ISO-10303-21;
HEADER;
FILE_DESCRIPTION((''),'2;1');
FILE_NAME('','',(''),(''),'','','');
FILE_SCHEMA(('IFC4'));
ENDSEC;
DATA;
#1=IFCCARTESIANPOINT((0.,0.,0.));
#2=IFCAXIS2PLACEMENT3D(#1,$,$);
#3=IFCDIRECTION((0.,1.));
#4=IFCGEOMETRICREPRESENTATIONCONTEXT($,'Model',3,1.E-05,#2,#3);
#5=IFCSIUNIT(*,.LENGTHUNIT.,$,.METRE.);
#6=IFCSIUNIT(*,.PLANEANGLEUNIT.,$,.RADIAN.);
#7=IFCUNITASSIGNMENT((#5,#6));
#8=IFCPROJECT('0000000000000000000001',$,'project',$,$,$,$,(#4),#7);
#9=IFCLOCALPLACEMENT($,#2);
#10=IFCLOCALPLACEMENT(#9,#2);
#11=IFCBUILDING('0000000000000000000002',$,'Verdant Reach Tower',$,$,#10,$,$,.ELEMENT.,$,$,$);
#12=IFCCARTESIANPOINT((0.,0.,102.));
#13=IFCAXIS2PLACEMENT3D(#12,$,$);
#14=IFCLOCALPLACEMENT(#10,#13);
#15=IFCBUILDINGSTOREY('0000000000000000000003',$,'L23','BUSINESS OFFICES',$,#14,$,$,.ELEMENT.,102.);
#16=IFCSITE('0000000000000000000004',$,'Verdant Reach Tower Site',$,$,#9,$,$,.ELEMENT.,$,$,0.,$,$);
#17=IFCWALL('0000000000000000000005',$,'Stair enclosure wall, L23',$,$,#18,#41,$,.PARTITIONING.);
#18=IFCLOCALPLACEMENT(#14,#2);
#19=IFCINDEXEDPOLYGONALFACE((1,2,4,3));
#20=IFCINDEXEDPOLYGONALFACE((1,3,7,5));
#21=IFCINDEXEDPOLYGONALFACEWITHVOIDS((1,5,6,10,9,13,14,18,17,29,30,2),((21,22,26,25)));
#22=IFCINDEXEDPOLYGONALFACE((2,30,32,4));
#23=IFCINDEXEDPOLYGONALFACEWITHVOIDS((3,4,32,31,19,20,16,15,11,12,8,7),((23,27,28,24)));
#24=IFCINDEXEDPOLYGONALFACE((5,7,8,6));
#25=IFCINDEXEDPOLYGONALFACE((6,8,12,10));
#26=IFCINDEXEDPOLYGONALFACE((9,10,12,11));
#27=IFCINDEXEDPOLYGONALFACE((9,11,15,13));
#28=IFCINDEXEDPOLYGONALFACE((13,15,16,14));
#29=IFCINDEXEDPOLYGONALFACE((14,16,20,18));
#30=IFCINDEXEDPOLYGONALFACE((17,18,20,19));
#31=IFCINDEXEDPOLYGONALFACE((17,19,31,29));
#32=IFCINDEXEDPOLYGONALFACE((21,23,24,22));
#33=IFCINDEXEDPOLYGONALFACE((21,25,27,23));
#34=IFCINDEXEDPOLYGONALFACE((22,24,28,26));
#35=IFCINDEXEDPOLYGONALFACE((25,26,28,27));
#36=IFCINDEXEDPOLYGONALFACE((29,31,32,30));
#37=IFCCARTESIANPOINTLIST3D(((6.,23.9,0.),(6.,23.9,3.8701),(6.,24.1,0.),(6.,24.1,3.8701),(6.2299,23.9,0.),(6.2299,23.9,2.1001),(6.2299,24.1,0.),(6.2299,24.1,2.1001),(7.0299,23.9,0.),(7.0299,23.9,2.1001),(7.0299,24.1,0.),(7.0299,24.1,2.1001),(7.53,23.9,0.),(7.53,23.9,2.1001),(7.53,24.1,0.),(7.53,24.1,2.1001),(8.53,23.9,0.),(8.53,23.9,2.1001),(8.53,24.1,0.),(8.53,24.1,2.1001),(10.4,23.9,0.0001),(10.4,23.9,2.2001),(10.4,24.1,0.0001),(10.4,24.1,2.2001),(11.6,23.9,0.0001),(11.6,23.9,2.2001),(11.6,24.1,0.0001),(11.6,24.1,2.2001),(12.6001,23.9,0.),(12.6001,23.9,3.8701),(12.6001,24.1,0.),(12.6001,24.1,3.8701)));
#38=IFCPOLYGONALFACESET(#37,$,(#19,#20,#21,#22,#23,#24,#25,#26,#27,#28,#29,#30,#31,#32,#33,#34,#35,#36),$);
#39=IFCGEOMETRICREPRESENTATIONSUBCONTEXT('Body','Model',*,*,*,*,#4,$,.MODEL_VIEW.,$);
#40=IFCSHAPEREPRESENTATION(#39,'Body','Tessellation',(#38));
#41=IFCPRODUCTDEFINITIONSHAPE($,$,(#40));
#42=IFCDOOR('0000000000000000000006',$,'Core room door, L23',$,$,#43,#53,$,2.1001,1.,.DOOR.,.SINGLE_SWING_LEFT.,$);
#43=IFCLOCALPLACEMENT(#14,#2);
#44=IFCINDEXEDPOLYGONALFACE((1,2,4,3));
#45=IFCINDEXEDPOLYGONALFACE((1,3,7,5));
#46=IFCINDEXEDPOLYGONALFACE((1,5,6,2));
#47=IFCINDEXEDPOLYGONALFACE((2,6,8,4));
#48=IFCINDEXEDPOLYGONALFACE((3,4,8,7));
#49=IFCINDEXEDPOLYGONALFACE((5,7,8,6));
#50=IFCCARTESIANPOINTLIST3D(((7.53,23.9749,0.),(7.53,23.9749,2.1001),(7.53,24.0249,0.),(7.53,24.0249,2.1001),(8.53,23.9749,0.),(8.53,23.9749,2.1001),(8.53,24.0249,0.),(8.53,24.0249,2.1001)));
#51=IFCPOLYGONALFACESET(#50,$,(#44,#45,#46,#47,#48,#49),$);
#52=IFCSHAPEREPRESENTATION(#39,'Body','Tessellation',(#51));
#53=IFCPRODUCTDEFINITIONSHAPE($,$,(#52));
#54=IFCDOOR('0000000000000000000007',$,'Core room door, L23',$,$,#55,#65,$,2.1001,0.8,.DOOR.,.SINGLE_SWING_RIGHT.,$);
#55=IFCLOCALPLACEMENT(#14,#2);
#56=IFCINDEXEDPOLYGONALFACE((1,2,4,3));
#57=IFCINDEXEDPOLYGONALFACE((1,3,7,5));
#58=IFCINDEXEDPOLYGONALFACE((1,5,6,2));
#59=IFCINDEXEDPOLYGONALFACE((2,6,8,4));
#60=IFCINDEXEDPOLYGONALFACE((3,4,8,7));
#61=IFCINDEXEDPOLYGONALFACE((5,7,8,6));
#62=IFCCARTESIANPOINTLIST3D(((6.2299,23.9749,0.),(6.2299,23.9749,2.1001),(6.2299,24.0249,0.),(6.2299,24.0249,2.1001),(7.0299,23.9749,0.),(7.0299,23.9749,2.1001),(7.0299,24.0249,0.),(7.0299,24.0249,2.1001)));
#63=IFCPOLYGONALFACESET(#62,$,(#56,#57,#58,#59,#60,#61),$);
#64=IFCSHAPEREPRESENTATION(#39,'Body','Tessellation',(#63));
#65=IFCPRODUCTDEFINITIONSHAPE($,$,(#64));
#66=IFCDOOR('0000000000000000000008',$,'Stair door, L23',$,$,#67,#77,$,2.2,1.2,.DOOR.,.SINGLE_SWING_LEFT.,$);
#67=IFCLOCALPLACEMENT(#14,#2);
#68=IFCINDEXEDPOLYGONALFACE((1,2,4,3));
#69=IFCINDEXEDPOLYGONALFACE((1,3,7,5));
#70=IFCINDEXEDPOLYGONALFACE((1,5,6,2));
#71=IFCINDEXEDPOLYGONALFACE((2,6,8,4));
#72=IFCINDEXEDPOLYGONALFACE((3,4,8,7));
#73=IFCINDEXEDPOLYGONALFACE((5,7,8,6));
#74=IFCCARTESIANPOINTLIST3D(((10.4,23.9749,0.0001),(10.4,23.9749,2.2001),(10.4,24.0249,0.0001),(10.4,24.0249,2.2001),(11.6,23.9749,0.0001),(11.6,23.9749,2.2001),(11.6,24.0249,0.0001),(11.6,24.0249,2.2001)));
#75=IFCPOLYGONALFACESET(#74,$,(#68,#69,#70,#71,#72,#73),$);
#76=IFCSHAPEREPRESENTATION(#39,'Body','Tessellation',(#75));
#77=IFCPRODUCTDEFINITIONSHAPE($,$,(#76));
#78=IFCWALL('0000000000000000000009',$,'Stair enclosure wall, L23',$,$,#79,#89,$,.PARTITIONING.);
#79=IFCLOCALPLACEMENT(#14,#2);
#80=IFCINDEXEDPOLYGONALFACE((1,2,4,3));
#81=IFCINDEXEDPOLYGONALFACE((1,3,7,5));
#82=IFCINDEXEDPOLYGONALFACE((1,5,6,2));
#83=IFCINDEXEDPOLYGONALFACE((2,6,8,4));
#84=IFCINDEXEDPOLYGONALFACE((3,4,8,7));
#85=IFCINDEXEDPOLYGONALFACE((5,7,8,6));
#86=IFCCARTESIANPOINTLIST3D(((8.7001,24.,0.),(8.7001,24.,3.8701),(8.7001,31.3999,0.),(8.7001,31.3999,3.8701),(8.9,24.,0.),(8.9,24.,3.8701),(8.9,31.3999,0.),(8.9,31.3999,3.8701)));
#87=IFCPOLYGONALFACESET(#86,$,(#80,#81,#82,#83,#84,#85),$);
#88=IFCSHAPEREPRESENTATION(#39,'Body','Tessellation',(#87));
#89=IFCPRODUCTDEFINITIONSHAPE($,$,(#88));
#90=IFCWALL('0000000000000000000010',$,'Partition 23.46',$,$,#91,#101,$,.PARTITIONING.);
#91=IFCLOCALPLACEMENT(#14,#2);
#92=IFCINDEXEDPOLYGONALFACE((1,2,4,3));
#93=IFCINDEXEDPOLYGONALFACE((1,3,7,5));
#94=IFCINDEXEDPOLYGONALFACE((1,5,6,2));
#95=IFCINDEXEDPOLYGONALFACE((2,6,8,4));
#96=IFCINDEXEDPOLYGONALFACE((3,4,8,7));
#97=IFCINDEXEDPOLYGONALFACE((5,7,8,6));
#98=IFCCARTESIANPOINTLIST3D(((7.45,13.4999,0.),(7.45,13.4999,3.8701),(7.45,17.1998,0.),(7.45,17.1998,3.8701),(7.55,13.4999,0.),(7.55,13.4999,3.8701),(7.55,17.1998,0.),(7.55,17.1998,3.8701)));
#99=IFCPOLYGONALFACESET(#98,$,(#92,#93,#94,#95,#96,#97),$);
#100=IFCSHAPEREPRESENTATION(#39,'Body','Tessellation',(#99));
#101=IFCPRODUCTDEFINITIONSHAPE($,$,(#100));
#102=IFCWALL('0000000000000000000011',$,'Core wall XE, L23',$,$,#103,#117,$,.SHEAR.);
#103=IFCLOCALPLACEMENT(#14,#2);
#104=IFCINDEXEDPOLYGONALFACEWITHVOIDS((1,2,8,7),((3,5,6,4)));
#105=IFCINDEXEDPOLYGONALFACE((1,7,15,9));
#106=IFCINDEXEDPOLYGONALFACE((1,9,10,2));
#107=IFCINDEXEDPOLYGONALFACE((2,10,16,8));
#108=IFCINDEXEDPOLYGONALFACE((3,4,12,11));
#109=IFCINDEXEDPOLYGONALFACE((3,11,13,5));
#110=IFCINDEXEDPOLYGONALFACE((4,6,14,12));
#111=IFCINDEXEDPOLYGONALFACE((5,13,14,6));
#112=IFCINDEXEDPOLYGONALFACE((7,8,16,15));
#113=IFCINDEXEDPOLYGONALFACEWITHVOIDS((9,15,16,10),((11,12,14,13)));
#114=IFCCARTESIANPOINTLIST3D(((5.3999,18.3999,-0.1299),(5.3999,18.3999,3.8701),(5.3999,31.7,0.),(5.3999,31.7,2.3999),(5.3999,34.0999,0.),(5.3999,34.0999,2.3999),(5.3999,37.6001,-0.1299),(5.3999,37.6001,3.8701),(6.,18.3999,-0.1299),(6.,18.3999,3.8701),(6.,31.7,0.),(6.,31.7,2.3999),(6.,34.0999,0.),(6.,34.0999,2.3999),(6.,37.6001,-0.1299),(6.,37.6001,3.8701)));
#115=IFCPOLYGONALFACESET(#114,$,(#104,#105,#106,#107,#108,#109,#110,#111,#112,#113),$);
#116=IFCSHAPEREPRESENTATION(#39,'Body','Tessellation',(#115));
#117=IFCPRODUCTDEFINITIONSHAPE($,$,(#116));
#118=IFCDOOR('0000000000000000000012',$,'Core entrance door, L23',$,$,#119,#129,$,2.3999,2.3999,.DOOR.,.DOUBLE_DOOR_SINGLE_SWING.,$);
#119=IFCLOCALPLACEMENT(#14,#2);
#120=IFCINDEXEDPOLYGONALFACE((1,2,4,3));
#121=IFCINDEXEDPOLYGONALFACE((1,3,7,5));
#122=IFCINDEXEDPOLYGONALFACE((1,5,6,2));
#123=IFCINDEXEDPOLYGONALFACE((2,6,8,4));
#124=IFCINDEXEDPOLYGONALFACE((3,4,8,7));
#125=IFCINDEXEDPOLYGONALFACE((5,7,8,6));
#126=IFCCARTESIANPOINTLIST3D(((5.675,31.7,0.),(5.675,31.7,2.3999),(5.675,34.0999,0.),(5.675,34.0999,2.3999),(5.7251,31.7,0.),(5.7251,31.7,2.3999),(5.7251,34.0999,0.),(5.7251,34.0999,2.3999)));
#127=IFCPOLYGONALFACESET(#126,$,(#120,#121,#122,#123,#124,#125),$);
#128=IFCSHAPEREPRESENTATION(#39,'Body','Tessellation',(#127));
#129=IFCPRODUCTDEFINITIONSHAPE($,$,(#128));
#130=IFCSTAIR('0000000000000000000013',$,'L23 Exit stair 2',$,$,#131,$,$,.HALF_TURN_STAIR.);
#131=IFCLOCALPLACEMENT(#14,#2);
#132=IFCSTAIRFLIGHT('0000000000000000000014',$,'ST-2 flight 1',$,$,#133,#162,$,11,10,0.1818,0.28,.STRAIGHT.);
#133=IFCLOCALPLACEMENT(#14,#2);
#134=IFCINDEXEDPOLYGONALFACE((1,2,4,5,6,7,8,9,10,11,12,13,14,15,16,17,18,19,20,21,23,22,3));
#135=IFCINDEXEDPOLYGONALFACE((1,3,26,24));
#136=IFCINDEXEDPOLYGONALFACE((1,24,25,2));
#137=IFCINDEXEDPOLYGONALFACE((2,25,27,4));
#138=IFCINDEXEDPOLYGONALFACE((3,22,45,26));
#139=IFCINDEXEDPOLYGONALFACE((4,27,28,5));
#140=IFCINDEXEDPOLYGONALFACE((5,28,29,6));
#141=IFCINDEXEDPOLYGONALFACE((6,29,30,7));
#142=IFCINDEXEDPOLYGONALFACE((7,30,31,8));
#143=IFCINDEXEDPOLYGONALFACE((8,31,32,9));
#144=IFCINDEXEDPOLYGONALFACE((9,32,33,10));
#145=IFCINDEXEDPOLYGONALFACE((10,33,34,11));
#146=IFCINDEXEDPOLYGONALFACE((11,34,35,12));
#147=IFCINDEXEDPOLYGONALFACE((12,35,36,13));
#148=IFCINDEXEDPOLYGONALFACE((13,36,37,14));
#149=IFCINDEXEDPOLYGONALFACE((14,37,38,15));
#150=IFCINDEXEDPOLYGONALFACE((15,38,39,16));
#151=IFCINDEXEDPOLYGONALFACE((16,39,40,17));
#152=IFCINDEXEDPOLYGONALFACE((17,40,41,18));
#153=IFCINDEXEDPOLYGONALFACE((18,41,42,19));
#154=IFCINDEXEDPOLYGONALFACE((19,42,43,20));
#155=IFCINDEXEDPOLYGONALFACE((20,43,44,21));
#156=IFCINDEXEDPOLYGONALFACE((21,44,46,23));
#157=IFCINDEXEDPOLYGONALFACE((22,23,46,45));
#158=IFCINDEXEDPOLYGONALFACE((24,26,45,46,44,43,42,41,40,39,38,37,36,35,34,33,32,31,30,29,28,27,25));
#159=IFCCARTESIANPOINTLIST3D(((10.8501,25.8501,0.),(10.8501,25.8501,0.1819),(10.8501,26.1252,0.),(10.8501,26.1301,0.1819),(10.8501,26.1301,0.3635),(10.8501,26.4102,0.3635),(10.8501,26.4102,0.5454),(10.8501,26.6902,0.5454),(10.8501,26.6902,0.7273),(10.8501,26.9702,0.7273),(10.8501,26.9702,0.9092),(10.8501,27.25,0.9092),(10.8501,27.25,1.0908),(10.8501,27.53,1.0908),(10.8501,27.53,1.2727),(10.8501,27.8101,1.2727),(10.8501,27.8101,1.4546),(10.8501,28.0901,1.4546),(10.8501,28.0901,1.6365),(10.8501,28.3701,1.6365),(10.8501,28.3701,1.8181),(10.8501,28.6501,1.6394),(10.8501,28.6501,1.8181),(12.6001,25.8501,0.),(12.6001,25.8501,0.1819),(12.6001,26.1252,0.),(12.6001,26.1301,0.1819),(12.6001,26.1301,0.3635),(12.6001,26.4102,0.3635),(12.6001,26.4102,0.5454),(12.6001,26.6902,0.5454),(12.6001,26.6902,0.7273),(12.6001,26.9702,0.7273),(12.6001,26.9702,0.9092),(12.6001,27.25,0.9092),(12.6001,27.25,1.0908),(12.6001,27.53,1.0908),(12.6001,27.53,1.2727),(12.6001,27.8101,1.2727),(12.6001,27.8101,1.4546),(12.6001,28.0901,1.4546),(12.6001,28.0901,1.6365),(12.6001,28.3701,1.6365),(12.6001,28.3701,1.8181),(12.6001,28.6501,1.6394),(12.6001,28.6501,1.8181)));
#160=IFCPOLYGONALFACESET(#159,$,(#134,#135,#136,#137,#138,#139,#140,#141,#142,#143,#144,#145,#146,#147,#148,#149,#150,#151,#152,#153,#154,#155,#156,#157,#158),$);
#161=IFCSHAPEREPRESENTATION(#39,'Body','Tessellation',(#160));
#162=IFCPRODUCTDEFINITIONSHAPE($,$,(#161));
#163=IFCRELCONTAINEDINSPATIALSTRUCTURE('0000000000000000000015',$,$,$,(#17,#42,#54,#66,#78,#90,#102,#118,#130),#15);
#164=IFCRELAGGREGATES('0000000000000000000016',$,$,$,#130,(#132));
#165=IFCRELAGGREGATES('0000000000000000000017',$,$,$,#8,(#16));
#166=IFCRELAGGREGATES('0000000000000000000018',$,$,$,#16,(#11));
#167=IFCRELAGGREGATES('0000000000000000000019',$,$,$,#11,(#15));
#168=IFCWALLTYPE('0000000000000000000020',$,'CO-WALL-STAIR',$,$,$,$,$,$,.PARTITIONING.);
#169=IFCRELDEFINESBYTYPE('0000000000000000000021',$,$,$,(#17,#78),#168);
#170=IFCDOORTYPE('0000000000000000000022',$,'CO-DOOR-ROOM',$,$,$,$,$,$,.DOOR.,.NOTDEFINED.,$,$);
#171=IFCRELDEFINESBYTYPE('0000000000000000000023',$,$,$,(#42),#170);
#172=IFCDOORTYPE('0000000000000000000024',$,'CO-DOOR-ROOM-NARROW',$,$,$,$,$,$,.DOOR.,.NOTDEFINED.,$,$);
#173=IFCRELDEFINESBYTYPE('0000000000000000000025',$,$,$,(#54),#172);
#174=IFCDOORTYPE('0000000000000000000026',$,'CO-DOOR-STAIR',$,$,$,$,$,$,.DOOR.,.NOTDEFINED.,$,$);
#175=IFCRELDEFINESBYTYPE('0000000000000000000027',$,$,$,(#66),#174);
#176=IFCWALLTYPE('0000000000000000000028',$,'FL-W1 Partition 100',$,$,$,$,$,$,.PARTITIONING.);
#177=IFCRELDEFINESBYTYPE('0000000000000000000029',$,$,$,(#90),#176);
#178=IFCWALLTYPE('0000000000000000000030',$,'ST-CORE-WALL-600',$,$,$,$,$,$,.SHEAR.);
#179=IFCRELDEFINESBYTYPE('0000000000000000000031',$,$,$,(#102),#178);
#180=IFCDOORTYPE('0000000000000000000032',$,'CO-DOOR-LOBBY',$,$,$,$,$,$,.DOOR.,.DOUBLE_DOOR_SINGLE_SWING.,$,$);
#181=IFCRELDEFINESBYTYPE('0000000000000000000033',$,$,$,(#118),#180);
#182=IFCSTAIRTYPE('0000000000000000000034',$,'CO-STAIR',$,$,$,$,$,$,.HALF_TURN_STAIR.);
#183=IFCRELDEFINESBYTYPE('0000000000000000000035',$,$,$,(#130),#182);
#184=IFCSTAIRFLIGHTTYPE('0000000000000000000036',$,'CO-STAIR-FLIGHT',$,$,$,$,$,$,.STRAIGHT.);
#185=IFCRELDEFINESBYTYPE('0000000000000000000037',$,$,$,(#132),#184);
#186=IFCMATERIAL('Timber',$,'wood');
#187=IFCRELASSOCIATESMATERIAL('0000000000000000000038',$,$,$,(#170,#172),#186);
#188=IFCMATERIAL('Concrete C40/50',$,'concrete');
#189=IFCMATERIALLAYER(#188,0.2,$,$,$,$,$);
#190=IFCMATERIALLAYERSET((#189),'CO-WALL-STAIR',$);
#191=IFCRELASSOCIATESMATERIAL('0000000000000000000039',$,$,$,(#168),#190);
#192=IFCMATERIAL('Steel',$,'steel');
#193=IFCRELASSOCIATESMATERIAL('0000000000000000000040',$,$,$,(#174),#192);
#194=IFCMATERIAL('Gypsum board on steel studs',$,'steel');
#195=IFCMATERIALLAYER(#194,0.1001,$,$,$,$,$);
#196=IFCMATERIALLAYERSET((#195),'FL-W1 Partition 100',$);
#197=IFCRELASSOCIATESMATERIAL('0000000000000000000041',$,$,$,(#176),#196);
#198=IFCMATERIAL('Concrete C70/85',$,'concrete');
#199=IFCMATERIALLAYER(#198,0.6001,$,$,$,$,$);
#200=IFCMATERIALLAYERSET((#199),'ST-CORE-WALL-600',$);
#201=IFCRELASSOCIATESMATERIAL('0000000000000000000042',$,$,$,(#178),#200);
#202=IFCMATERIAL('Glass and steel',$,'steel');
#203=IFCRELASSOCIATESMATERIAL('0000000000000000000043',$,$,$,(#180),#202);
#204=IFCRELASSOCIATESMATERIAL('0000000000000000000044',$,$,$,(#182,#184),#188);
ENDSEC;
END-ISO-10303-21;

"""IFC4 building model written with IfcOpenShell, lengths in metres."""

from ifc_helpers import new_model, si_unit, direction, frame, frame_2d, origin, place, context, subcontext, project, spatial, polyline, rectangle, outline, extrude, material, layer, layer_set, type_object, element, fill, aggregate, save


model = new_model("IFC4")

# Units and contexts
model_context = context("Model", 3, precision=1e-05, world=origin(), true_north=direction((0.0, 1.0)))
body_context = subcontext(model_context, "Body", "Model", "MODEL_VIEW")
ifc_project = project(units=[si_unit("LENGTHUNIT", "METRE"), si_unit("PLANEANGLEUNIT", "RADIAN")], contexts=[model_context])

# Site, building, storey
site_placement = place(None, origin())
site = spatial("IfcSite", under=ifc_project, at=site_placement, Name="Verdant Reach Tower Site", CompositionType="ELEMENT", RefElevation=0.0)
building_placement = place(site_placement, origin())
building = spatial("IfcBuilding", under=site, at=building_placement, Name="Verdant Reach Tower", CompositionType="ELEMENT")
storey_placement = place(building_placement, frame((0.0, 0.0, 102.0)))
storey = spatial("IfcBuildingStorey", under=building, at=storey_placement, Name="L23", Description="BUSINESS OFFICES", CompositionType="ELEMENT", Elevation=102.0)

# Shared definitions
ifc_material_1 = material(Name="Gypsum board on steel studs", Category="steel")
ifc_material_2 = material(Name="Timber", Category="wood")
door_type_1 = type_object("IfcDoorType", Name="CO-DOOR-ROOM", OperationType="NOTDEFINED", PredefinedType="DOOR", material=ifc_material_2)

# Shared definitions
ifc_material_3 = material(Name="Concrete C40/50", Category="concrete")

# Wall, openings, doors
ifc_layer_1 = layer(ifc_material_3, 0.2)
ifc_layer_set_1 = layer_set([ifc_layer_1], Name="CO-WALL-STAIR")
wall_type_1 = type_object("IfcWallType", Name="CO-WALL-STAIR", PredefinedType="PARTITIONING", material=ifc_layer_set_1)
wall_1_placement = place(storey_placement, frame((6.0, 24.0, 0.0), z_axis=(0.0, 0.0, 1.0), x_axis=(1.0, 0.0, 0.0)))
wall_1 = element("IfcWall", 1, at=wall_1_placement, inside=storey, type_object=wall_type_1, Name="Stair enclosure wall, L23", PredefinedType="PARTITIONING", context=body_context, shape_type="SweptSolid", body=[
    extrude(rectangle(XDim=6.6001, YDim=0.2, at=frame_2d((3.3, 0.0))), origin(), (0.0, 0.0, 1.0), 3.8701),
])
opening_1_placement = place(wall_1_placement, frame((0.23, 0.0, 0.0)))
opening_1 = element("IfcOpeningElement", 2, at=opening_1_placement, cuts=wall_1, PredefinedType="OPENING", context=body_context, shape_type="SweptSolid", body=[
    extrude(rectangle(XDim=0.8, YDim=2.1001, at=frame_2d((0.3999, 1.05))), frame((0.0, 0.1099, 0.0), z_axis=(0.0, -1.0, 0.0), x_axis=(1.0, 0.0, 0.0)), (0.0, 0.0, 1.0), 0.22),
])
opening_2_placement = place(wall_1_placement, frame((1.53, 0.0, 0.0)))
opening_2 = element("IfcOpeningElement", 3, at=opening_2_placement, cuts=wall_1, PredefinedType="OPENING", context=body_context, shape_type="SweptSolid", body=[
    extrude(rectangle(XDim=1.0, YDim=2.1001, at=frame_2d((0.5, 1.05))), frame((0.0, 0.1099, 0.0), z_axis=(0.0, -1.0, 0.0), x_axis=(1.0, 0.0, 0.0)), (0.0, 0.0, 1.0), 0.22),
])
opening_3_placement = place(wall_1_placement, frame((4.3999, 0.0, 0.0)))
opening_3 = element("IfcOpeningElement", 4, at=opening_3_placement, cuts=wall_1, PredefinedType="OPENING", context=body_context, shape_type="SweptSolid", body=[
    extrude(rectangle(XDim=1.2, YDim=2.2, at=frame_2d((0.6001, 1.1001))), frame((0.0, 0.1099, 0.0), z_axis=(0.0, -1.0, 0.0), x_axis=(1.0, 0.0, 0.0)), (0.0, 0.0, 1.0), 0.22),
])
door_1_placement = place(opening_2_placement, origin())
door_1 = element("IfcDoor", 5, at=door_1_placement, inside=storey, type_object=door_type_1, Name="Core room door, L23", OperationType="SINGLE_SWING_LEFT", OverallHeight=2.1001, OverallWidth=1.0, PredefinedType="DOOR", context=body_context, shape_type="SweptSolid", body=[
    extrude(rectangle(XDim=1.0, YDim=2.1001, at=frame_2d((0.5, 1.05))), frame((0.0, 0.0249, 0.0), z_axis=(0.0, -1.0, 0.0), x_axis=(1.0, 0.0, 0.0)), (0.0, 0.0, 1.0), 0.05),
])
fill(opening_2, door_1)
door_type_2 = type_object("IfcDoorType", Name="CO-DOOR-ROOM-NARROW", OperationType="NOTDEFINED", PredefinedType="DOOR", material=ifc_material_2)
door_2_placement = place(opening_1_placement, origin())
door_2 = element("IfcDoor", 6, at=door_2_placement, inside=storey, type_object=door_type_2, Name="Core room door, L23", OperationType="SINGLE_SWING_RIGHT", OverallHeight=2.1001, OverallWidth=0.8, PredefinedType="DOOR", context=body_context, shape_type="SweptSolid", body=[
    extrude(rectangle(XDim=0.8, YDim=2.1001, at=frame_2d((0.3999, 1.05))), frame((0.0, 0.0249, 0.0), z_axis=(0.0, -1.0, 0.0), x_axis=(1.0, 0.0, 0.0)), (0.0, 0.0, 1.0), 0.05),
])
fill(opening_1, door_2)
ifc_material_4 = material(Name="Steel", Category="steel")
door_type_3 = type_object("IfcDoorType", Name="CO-DOOR-STAIR", OperationType="NOTDEFINED", PredefinedType="DOOR", material=ifc_material_4)
door_3_placement = place(opening_3_placement, origin())
door_3 = element("IfcDoor", 7, at=door_3_placement, inside=storey, type_object=door_type_3, Name="Stair door, L23", OperationType="SINGLE_SWING_LEFT", OverallHeight=2.2, OverallWidth=1.2, PredefinedType="DOOR", context=body_context, shape_type="SweptSolid", body=[
    extrude(rectangle(XDim=1.2, YDim=2.2, at=frame_2d((0.6001, 1.1001))), frame((0.0, 0.0249, 0.0), z_axis=(0.0, -1.0, 0.0), x_axis=(1.0, 0.0, 0.0)), (0.0, 0.0, 1.0), 0.05),
])
fill(opening_3, door_3)

# Walls
wall_2_placement = place(storey_placement, frame((8.8, 24.0, 0.0), z_axis=(0.0, 0.0, 1.0), x_axis=(0.0, 1.0, 0.0)))
element("IfcWall", 8, at=wall_2_placement, inside=storey, type_object=wall_type_1, Name="Stair enclosure wall, L23", PredefinedType="PARTITIONING", context=body_context, shape_type="SweptSolid", body=[
    extrude(rectangle(XDim=7.3999, YDim=0.2, at=frame_2d((3.7, 0.0))), origin(), (0.0, 0.0, 1.0), 3.8701),
])
ifc_layer_2 = layer(ifc_material_1, 0.1001)
ifc_layer_set_2 = layer_set([ifc_layer_2], Name="FL-W1 Partition 100")
wall_type_2 = type_object("IfcWallType", Name="FL-W1 Partition 100", PredefinedType="PARTITIONING", material=ifc_layer_set_2)
wall_3_placement = place(storey_placement, frame((7.5, 17.2, 0.0), z_axis=(0.0, 0.0, 1.0), x_axis=(0.0, -1.0, 0.0)))
element("IfcWall", 9, at=wall_3_placement, inside=storey, type_object=wall_type_2, Name="Partition 23.46", PredefinedType="PARTITIONING", context=body_context, shape_type="SweptSolid", body=[
    extrude(rectangle(XDim=3.7, YDim=0.1001, at=frame_2d((1.8501, 0.0))), origin(), (0.0, 0.0, 1.0), 3.8701),
])

# Wall, opening, door
ifc_material_5 = material(Name="Concrete C70/85", Category="concrete")
ifc_layer_3 = layer(ifc_material_5, 0.6001)
ifc_layer_set_3 = layer_set([ifc_layer_3], Name="ST-CORE-WALL-600")
wall_type_3 = type_object("IfcWallType", Name="ST-CORE-WALL-600", PredefinedType="SHEAR", material=ifc_layer_set_3)
wall_4_placement = place(storey_placement, frame((5.7, 18.3999, -0.1299), z_axis=(0.0, 0.0, 1.0), x_axis=(0.0, 1.0, 0.0)))
wall_4 = element("IfcWall", 10, at=wall_4_placement, inside=storey, type_object=wall_type_3, Name="Core wall XE, L23", PredefinedType="SHEAR", context=body_context, shape_type="SweptSolid", body=[
    extrude(rectangle(XDim=19.2002, YDim=0.6001, at=frame_2d((9.6001, 0.0))), origin(), (0.0, 0.0, 1.0), 4.0),
])
opening_4_placement = place(wall_4_placement, frame((13.3, 0.0, 0.1299)))
opening_4 = element("IfcOpeningElement", 11, at=opening_4_placement, cuts=wall_4, PredefinedType="OPENING", context=body_context, shape_type="SweptSolid", body=[
    extrude(rectangle(XDim=2.3999, YDim=2.3999, at=frame_2d((1.2, 1.2))), frame((0.0, 0.3101, 0.0), z_axis=(0.0, -1.0, 0.0), x_axis=(1.0, 0.0, 0.0)), (0.0, 0.0, 1.0), 0.6201),
])
ifc_material_6 = material(Name="Glass and steel", Category="steel")
door_type_4 = type_object("IfcDoorType", Name="CO-DOOR-LOBBY", OperationType="DOUBLE_DOOR_SINGLE_SWING", PredefinedType="DOOR", material=ifc_material_6)
door_4_placement = place(opening_4_placement, origin())
door_4 = element("IfcDoor", 12, at=door_4_placement, inside=storey, type_object=door_type_4, Name="Core entrance door, L23", OperationType="DOUBLE_DOOR_SINGLE_SWING", OverallHeight=2.3999, OverallWidth=2.3999, PredefinedType="DOOR", context=body_context, shape_type="SweptSolid", body=[
    extrude(rectangle(XDim=2.3999, YDim=2.3999, at=frame_2d((1.2, 1.2))), frame((0.0, 0.0249, 0.0), z_axis=(0.0, -1.0, 0.0), x_axis=(1.0, 0.0, 0.0)), (0.0, 0.0, 1.0), 0.05),
])
fill(opening_4, door_4)

# Stair, stair flight
stair_type = type_object("IfcStairType", Name="CO-STAIR", PredefinedType="HALF_TURN_STAIR", material=ifc_material_3)
stair_placement = place(storey_placement, origin())
stair = element("IfcStair", 13, at=stair_placement, inside=storey, type_object=stair_type, Name="L23 Exit stair 2", PredefinedType="HALF_TURN_STAIR")
stair_flight_type = type_object("IfcStairFlightType", Name="CO-STAIR-FLIGHT", PredefinedType="STRAIGHT", material=ifc_material_3)
stair_flight_placement = place(storey_placement, frame((11.7251, 25.8501, 0.0), z_axis=(0.0, 0.0, 1.0), x_axis=(0.0, 1.0, 0.0)))
stair_flight = element("IfcStairFlight", 14, at=stair_flight_placement, type_object=stair_flight_type, Name="ST-2 flight 1", NumberOfRisers=11, NumberOfTreads=10, PredefinedType="STRAIGHT", RiserHeight=0.1818, TreadLength=0.28, context=body_context, shape_type="SweptSolid", body=[
    extrude(outline(polyline([(0.0, 0.0), (0.0, 0.1819), (0.28, 0.1819), (0.28, 0.3635), (0.5601, 0.3635), (0.5601, 0.5454), (0.8401, 0.5454), (0.8401, 0.7273), (1.1201, 0.7273), (1.1201, 0.9092), (1.3999, 0.9092), (1.3999, 1.0908), (1.6799, 1.0908), (1.6799, 1.2727), (1.96, 1.2727), (1.96, 1.4546), (2.24, 1.4546), (2.24, 1.6365), (2.52, 1.6365), (2.52, 1.8181), (2.8, 1.8181), (2.8, 2.0), (2.8, 1.6394), (0.2751, 0.0), (0.0, 0.0)])), frame((0.0, 0.875, 0.0), z_axis=(0.0, -1.0, 0.0), x_axis=(1.0, 0.0, 0.0)), (0.0, 0.0, 1.0), 1.75),
])
aggregate(stair, [stair_flight])

save(model, "model.ifc")
